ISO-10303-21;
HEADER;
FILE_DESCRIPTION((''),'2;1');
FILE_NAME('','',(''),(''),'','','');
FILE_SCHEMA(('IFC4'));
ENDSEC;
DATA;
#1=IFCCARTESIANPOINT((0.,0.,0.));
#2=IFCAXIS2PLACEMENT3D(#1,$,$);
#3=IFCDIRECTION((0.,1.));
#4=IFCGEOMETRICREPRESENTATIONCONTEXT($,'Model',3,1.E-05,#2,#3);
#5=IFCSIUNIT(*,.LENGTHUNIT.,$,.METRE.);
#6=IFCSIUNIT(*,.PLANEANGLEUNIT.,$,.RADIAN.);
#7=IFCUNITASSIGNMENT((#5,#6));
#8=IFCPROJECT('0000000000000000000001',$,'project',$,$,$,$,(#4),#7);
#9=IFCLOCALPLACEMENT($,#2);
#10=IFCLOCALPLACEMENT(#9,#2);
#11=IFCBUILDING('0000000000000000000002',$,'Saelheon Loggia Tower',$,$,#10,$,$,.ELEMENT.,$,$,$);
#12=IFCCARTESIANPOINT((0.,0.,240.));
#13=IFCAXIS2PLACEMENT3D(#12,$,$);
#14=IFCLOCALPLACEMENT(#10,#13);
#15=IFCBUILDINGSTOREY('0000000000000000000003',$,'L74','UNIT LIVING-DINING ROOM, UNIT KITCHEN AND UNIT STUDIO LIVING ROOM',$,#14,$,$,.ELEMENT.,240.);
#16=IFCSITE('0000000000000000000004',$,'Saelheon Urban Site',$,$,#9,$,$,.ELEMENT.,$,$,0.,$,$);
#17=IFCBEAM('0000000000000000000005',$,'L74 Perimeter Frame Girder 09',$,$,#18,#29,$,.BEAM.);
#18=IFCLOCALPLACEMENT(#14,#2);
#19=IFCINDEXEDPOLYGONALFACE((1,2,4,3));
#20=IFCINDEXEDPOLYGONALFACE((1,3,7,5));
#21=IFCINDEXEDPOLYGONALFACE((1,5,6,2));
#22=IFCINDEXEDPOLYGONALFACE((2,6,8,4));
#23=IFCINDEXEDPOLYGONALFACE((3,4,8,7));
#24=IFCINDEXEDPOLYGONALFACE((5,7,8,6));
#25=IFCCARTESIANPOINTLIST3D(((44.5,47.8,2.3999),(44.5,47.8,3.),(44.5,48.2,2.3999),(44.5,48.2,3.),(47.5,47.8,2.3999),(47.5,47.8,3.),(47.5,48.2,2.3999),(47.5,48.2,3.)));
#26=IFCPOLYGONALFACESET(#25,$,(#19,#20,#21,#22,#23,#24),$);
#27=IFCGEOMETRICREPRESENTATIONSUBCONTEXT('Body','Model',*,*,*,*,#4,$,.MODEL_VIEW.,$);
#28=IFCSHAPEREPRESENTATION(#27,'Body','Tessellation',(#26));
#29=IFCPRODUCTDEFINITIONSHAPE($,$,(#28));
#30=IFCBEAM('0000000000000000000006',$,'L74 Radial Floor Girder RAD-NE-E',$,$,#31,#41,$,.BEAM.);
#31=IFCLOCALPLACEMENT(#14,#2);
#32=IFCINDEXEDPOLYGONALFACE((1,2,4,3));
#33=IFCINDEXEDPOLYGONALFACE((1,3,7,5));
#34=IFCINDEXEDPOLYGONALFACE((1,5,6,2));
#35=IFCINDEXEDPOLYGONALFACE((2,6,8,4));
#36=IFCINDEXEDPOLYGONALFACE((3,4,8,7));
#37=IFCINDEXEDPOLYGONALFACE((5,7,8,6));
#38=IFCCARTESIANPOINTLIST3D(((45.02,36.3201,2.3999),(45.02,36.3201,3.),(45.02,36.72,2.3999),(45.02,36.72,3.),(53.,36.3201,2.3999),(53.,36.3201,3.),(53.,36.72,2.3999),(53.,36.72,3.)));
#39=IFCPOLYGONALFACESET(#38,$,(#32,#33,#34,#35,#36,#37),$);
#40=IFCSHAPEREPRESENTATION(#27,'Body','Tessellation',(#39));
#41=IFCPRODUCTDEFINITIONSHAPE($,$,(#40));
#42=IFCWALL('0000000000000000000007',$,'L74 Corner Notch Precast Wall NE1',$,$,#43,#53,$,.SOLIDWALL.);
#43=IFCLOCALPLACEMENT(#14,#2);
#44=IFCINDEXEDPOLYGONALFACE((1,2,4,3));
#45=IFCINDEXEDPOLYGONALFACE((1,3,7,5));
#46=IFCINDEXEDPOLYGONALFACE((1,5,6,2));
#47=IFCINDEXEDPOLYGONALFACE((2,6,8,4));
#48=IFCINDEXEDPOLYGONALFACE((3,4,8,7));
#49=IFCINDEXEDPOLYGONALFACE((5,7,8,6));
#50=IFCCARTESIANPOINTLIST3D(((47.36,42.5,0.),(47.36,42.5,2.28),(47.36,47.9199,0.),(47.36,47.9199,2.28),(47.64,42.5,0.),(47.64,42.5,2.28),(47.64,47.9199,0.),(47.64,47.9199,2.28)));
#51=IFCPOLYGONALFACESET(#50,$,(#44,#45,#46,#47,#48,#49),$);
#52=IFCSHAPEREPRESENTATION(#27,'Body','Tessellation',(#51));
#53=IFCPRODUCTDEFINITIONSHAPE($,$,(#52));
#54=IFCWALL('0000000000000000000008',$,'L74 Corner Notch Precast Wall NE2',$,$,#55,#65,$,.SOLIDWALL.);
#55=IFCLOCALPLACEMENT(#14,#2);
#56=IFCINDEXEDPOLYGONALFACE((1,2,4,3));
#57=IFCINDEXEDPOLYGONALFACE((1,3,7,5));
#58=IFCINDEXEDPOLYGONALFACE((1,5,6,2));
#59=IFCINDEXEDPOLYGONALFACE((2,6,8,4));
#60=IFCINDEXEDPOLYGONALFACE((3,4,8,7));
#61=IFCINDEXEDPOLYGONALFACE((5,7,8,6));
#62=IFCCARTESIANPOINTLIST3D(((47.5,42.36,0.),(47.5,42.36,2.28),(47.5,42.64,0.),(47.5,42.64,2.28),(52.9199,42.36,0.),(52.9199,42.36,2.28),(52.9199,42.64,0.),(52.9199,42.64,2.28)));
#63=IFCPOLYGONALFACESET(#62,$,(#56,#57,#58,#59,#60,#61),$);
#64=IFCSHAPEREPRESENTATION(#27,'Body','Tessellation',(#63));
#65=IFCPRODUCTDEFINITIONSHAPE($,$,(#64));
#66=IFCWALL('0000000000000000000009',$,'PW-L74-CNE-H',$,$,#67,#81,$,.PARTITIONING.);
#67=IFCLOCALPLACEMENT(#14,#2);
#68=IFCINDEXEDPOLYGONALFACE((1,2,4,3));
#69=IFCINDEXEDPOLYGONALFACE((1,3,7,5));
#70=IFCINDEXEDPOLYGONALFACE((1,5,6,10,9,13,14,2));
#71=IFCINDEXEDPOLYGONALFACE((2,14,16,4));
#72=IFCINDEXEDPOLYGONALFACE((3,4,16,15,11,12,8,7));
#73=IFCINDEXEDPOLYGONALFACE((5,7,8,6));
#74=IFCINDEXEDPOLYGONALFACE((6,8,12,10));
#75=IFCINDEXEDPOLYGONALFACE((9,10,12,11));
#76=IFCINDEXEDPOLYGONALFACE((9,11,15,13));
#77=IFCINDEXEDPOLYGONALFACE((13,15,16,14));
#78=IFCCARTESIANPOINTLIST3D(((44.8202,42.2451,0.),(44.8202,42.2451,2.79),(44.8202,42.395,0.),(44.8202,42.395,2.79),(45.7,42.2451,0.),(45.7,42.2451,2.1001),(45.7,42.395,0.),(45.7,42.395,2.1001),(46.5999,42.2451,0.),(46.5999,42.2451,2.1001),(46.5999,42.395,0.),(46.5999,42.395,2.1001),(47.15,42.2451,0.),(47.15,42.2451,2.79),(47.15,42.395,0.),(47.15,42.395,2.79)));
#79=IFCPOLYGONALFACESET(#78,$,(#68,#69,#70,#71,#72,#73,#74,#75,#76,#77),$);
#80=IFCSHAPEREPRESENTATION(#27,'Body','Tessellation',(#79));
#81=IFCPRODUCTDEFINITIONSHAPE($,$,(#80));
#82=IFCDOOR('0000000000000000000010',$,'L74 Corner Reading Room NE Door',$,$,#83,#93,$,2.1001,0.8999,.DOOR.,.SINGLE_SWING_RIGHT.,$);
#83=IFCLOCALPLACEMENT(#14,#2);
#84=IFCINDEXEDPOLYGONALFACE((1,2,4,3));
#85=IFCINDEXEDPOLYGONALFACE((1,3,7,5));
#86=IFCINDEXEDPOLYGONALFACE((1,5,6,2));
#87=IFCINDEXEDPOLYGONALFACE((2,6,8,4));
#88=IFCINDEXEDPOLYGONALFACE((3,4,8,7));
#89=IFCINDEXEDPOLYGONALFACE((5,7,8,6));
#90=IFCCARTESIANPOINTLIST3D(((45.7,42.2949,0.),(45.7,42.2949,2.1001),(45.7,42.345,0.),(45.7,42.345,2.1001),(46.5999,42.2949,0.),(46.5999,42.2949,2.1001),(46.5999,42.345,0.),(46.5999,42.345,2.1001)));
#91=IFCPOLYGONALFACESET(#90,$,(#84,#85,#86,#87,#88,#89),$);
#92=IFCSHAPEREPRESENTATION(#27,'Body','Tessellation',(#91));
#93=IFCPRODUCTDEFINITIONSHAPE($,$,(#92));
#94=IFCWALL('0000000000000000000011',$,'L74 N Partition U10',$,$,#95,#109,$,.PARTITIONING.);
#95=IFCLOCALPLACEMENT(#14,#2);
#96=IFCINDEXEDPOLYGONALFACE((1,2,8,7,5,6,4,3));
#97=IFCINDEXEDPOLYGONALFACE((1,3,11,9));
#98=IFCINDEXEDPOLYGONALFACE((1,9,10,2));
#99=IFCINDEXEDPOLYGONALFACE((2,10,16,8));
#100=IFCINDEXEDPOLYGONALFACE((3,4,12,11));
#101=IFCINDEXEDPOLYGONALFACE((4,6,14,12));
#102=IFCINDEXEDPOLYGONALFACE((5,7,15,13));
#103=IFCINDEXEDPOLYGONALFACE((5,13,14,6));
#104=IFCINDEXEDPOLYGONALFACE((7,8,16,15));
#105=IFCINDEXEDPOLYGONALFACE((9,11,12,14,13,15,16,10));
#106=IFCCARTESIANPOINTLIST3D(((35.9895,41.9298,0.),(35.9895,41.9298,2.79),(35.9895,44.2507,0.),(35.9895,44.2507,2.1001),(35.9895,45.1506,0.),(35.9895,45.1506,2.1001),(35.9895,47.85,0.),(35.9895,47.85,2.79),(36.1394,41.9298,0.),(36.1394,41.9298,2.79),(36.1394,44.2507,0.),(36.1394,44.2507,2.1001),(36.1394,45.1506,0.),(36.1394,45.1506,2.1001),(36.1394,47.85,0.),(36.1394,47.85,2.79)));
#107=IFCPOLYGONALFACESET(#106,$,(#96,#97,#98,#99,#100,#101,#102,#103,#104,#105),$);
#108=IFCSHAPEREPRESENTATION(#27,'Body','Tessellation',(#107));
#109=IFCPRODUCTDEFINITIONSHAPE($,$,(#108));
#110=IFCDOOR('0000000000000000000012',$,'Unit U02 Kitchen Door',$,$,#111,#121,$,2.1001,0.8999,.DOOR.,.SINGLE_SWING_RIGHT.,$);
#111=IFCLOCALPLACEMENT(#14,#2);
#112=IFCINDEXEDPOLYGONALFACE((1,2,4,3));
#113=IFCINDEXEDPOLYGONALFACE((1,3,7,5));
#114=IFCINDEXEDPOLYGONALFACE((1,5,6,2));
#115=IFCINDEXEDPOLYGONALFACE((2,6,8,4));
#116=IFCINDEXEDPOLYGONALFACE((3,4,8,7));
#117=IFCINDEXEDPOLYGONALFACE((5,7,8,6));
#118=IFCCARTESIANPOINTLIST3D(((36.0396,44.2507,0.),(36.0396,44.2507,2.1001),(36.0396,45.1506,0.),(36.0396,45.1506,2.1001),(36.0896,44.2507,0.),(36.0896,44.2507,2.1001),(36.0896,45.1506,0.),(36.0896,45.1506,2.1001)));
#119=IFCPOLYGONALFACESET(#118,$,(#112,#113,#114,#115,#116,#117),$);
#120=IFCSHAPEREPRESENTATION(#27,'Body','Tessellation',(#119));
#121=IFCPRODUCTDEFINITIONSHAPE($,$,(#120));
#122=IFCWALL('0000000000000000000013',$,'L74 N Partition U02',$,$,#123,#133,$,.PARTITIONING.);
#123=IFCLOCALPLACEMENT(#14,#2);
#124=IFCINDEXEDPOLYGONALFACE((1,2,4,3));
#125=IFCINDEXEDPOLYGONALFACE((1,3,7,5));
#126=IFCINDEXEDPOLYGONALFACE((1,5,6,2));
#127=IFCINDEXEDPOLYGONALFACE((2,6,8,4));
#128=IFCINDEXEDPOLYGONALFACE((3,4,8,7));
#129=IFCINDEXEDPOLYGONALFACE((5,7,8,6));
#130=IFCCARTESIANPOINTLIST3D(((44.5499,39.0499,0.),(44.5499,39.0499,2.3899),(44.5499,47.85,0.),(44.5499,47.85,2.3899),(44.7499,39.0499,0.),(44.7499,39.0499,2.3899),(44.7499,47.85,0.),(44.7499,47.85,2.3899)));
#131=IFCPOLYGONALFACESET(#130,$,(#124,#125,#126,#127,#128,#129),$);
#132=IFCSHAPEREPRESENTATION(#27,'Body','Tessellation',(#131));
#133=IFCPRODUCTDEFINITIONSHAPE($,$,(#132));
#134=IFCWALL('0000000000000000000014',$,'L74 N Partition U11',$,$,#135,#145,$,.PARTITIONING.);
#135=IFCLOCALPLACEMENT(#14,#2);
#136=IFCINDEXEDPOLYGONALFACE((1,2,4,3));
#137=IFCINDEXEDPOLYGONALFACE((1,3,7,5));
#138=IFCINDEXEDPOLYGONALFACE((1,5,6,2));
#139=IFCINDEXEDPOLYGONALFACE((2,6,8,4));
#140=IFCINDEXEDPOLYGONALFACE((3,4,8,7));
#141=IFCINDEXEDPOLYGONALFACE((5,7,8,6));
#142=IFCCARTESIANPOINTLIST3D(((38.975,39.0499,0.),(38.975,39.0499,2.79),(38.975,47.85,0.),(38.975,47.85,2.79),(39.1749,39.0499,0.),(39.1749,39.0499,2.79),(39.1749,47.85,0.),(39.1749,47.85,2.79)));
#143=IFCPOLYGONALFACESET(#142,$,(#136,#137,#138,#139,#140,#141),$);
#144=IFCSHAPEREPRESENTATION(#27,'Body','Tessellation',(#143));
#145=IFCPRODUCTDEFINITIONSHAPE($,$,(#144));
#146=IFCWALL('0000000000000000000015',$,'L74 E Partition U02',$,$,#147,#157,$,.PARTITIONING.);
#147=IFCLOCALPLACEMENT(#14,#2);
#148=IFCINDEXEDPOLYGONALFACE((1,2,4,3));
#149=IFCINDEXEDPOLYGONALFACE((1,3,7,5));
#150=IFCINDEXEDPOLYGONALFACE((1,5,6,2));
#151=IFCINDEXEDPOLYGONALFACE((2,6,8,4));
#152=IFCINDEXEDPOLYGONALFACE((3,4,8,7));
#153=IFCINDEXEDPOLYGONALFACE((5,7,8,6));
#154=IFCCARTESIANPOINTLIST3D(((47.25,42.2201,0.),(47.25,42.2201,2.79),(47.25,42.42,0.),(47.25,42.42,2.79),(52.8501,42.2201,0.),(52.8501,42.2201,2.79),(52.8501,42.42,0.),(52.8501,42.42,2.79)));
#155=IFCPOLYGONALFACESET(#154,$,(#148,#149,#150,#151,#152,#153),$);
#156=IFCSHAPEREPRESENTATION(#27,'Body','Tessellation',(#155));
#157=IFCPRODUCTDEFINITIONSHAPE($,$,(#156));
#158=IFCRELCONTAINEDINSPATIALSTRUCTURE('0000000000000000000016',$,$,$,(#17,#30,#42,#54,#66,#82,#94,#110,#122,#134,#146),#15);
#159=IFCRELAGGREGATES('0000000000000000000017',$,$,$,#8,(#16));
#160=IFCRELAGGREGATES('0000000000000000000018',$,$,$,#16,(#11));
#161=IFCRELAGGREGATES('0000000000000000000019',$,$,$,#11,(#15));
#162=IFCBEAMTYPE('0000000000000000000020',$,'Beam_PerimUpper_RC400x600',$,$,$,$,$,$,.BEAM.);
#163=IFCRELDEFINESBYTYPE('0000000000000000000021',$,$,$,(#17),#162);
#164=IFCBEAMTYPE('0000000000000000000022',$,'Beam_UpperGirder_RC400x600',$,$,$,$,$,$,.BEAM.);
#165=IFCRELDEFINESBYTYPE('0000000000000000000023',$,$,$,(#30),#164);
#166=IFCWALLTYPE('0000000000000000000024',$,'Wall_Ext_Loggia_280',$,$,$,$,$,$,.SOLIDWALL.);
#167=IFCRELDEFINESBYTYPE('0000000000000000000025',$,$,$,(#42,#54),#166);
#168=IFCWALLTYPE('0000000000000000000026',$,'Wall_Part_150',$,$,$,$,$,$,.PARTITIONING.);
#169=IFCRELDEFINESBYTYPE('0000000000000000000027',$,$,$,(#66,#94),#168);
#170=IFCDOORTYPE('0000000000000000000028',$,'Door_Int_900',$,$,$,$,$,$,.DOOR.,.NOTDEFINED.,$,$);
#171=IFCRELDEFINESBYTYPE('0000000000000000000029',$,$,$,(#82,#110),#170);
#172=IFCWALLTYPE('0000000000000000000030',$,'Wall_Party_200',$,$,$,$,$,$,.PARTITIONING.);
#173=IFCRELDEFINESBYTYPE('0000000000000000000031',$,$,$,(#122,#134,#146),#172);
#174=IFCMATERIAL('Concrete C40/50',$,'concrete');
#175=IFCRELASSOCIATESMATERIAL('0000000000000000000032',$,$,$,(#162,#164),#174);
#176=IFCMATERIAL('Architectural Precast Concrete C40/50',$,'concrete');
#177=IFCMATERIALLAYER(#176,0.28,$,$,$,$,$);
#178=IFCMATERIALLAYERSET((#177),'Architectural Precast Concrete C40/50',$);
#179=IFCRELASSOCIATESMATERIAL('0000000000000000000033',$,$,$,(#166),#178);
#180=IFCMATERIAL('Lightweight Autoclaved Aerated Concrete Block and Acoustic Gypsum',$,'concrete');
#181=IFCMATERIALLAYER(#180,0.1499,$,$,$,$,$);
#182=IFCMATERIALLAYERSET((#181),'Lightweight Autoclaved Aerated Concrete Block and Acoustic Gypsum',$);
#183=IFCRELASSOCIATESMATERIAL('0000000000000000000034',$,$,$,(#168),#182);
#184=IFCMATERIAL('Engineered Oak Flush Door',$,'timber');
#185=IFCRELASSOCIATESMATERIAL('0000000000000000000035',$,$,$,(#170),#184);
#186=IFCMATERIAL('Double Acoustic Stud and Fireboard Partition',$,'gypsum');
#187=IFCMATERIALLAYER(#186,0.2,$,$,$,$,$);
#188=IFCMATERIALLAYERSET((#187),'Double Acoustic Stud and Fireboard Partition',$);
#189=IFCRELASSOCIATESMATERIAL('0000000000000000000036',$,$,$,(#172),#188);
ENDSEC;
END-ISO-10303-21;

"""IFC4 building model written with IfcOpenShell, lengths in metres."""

from ifc_helpers import new_model, si_unit, direction, frame, frame_2d, origin, origin_2d, place, context, subcontext, project, spatial, rectangle, extrude, source, transform, mapped, material, layer, layer_set, material_profile, profile_set, type_object, element, fill, save


model = new_model("IFC4")

# Units and contexts
model_context = context("Model", 3, precision=1e-05, world=origin(), true_north=direction((0.0, 1.0)))
body_context = subcontext(model_context, "Body", "Model", "MODEL_VIEW")
ifc_project = project(units=[si_unit("LENGTHUNIT", "METRE"), si_unit("PLANEANGLEUNIT", "RADIAN")], contexts=[model_context])

# Site, building, storey
site_placement = place(None, origin())
site = spatial("IfcSite", under=ifc_project, at=site_placement, Name="Saelheon Urban Site", CompositionType="ELEMENT", RefElevation=0.0)
building_placement = place(site_placement, origin())
building = spatial("IfcBuilding", under=site, at=building_placement, Name="Saelheon Loggia Tower", CompositionType="ELEMENT")
storey_placement = place(building_placement, frame((0.0, 0.0, 240.0)))
storey = spatial("IfcBuildingStorey", under=building, at=storey_placement, Name="L74", Description="UNIT LIVING-DINING ROOM, UNIT KITCHEN AND UNIT STUDIO LIVING ROOM", CompositionType="ELEMENT", Elevation=240.0)

# Beams
ifc_material_1 = material(Name="Concrete C40/50", Category="concrete")
ifc_material_profile_1 = material_profile(ifc_material_1, rectangle(XDim=0.3999, YDim=0.6001, at=origin_2d()), Name="RC-400x600")
ifc_profile_set_1 = profile_set([ifc_material_profile_1], Name="Concrete C40/50")
beam_type_1 = type_object("IfcBeamType", Name="Beam_PerimUpper_RC400x600", PredefinedType="BEAM", material=ifc_profile_set_1)
ifc_material_profile_2 = material_profile(ifc_material_1, rectangle(XDim=0.3999, YDim=0.6001, at=origin_2d()), Name="RC-400x600")
ifc_profile_set_2 = profile_set([ifc_material_profile_2], Name="Concrete C40/50")
beam_type_2 = type_object("IfcBeamType", Name="Beam_UpperGirder_RC400x600", PredefinedType="BEAM", material=ifc_profile_set_2)
shared_shape_1 = source(origin(), body_context, "Body", "SweptSolid", [
    extrude(rectangle(XDim=0.3999, YDim=0.6001, at=origin_2d()), origin(), (0.0, 0.0, 1.0), 3.0),
])
beam_1_placement = place(storey_placement, frame((47.5, 48.0, 2.7), z_axis=(-1.0, 0.0, 0.0), x_axis=(0.0, -1.0, 0.0)))
element("IfcBeam", 1, at=beam_1_placement, inside=storey, type_object=beam_type_1, Name="L74 Perimeter Frame Girder 09", PredefinedType="BEAM", context=body_context, shape_type="MappedRepresentation", body=[
    mapped(shared_shape_1, transform((0.0, 0.0, 0.0), scale=1.0)),
])
shared_shape_2 = source(origin(), body_context, "Body", "SweptSolid", [
    extrude(rectangle(XDim=0.3999, YDim=0.6001, at=origin_2d()), origin(), (0.0, 0.0, 1.0), 7.98),
])
beam_2_placement = place(storey_placement, frame((45.02, 36.52, 2.7), z_axis=(1.0, 0.0, 0.0), x_axis=(0.0, 1.0, 0.0)))
element("IfcBeam", 2, at=beam_2_placement, inside=storey, type_object=beam_type_2, Name="L74 Radial Floor Girder RAD-NE-E", PredefinedType="BEAM", context=body_context, shape_type="MappedRepresentation", body=[
    mapped(shared_shape_2, transform((0.0, 0.0, 0.0), scale=1.0)),
])

# Walls
ifc_material_2 = material(Name="Architectural Precast Concrete C40/50", Category="concrete")
ifc_layer_1 = layer(ifc_material_2, 0.28)
ifc_layer_set_1 = layer_set([ifc_layer_1], Name="Architectural Precast Concrete C40/50")
wall_type_1 = type_object("IfcWallType", Name="Wall_Ext_Loggia_280", PredefinedType="SOLIDWALL", material=ifc_layer_set_1)
for number, where, z_axis, x_axis, name in (
    (3, (47.5, 42.5, 0.0), (0.0, 0.0, 1.0), (0.0, 1.0, 0.0), "L74 Corner Notch Precast Wall NE1"),
    (4, (47.5, 42.5, 0.0), (0.0, 0.0, 1.0), (1.0, 0.0, 0.0), "L74 Corner Notch Precast Wall NE2"),
):
    element("IfcWall", number, at=place(storey_placement, frame(where, z_axis=z_axis, x_axis=x_axis)), inside=storey, type_object=wall_type_1, Name=name, PredefinedType="SOLIDWALL", context=body_context, shape_type="SweptSolid", body=[
        extrude(rectangle(XDim=5.4199, YDim=0.28, at=frame_2d((2.71, 0.0))), origin(), (0.0, 0.0, 1.0), 2.28),
    ])

# Walls, openings, doors
ifc_material_3 = material(Name="Lightweight Autoclaved Aerated Concrete Block and Acoustic Gypsum", Category="concrete")
ifc_layer_2 = layer(ifc_material_3, 0.1499)
ifc_layer_set_2 = layer_set([ifc_layer_2], Name="Lightweight Autoclaved Aerated Concrete Block and Acoustic Gypsum")
wall_type_2 = type_object("IfcWallType", Name="Wall_Part_150", PredefinedType="PARTITIONING", material=ifc_layer_set_2)
wall_1_placement = place(storey_placement, frame((44.8201, 42.3201, 0.0), z_axis=(0.0, 0.0, 1.0), x_axis=(1.0, 0.0, 0.0)))
wall_1 = element("IfcWall", 5, at=wall_1_placement, inside=storey, type_object=wall_type_2, Name="PW-L74-CNE-H", PredefinedType="PARTITIONING", context=body_context, shape_type="SweptSolid", body=[
    extrude(rectangle(XDim=2.3298, YDim=0.1499, at=frame_2d((1.165, 0.0))), origin(), (0.0, 0.0, 1.0), 2.79),
])
opening_1_placement = place(wall_1_placement, frame((0.8799, 0.0, 0.0)))
opening_1 = element("IfcOpeningElement", 6, at=opening_1_placement, cuts=wall_1, PredefinedType="OPENING", context=body_context, shape_type="SweptSolid", body=[
    extrude(rectangle(XDim=0.8999, YDim=2.1001, at=frame_2d((0.45, 1.05))), frame((0.0, 0.0869, 0.0), z_axis=(0.0, -1.0, 0.0), x_axis=(1.0, 0.0, 0.0)), (0.0, 0.0, 1.0), 0.1738),
])
ifc_material_4 = material(Name="Engineered Oak Flush Door", Category="timber")
door_type_1 = type_object("IfcDoorType", Name="Door_Int_900", OperationType="NOTDEFINED", PredefinedType="DOOR", material=ifc_material_4)
shared_shape_3 = source(origin(), body_context, "Body", "SweptSolid", [
    extrude(rectangle(XDim=0.8999, YDim=2.1001, at=frame_2d((0.45, 1.05))), frame((0.0, 0.0249, 0.0), z_axis=(0.0, -1.0, 0.0), x_axis=(1.0, 0.0, 0.0)), (0.0, 0.0, 1.0), 0.05),
])
door_1_placement = place(opening_1_placement, origin())
door_1 = element("IfcDoor", 7, at=door_1_placement, inside=storey, type_object=door_type_1, Name="L74 Corner Reading Room NE Door", OperationType="SINGLE_SWING_RIGHT", OverallHeight=2.1001, OverallWidth=0.8999, PredefinedType="DOOR", context=body_context, shape_type="MappedRepresentation", body=[
    mapped(shared_shape_3, transform((0.0, 0.0, 0.0), scale=1.0)),
])
fill(opening_1, door_1)
wall_2_placement = place(storey_placement, frame((36.0645, 41.9299, 0.0), z_axis=(0.0, 0.0, 1.0), x_axis=(0.0, 1.0, 0.0)))
wall_2 = element("IfcWall", 8, at=wall_2_placement, inside=storey, type_object=wall_type_2, Name="L74 N Partition U10", PredefinedType="PARTITIONING", context=body_context, shape_type="SweptSolid", body=[
    extrude(rectangle(XDim=5.9202, YDim=0.1499, at=frame_2d((2.96, 0.0))), origin(), (0.0, 0.0, 1.0), 2.79),
])
opening_2_placement = place(wall_2_placement, frame((2.3208, 0.0, 0.0)))
opening_2 = element("IfcOpeningElement", 9, at=opening_2_placement, cuts=wall_2, PredefinedType="OPENING", context=body_context, shape_type="SweptSolid", body=[
    extrude(rectangle(XDim=0.8999, YDim=2.1001, at=frame_2d((0.45, 1.05))), frame((0.0, 0.0869, 0.0), z_axis=(0.0, -1.0, 0.0), x_axis=(1.0, 0.0, 0.0)), (0.0, 0.0, 1.0), 0.1738),
])
door_2_placement = place(opening_2_placement, origin())
door_2 = element("IfcDoor", 10, at=door_2_placement, inside=storey, type_object=door_type_1, Name="Unit U02 Kitchen Door", OperationType="SINGLE_SWING_RIGHT", OverallHeight=2.1001, OverallWidth=0.8999, PredefinedType="DOOR", context=body_context, shape_type="MappedRepresentation", body=[
    mapped(shared_shape_3, transform((0.0, 0.0, 0.0), scale=1.0)),
])
fill(opening_2, door_2)

# Wall
ifc_material_5 = material(Name="Double Acoustic Stud and Fireboard Partition", Category="gypsum")
ifc_layer_3 = layer(ifc_material_5, 0.2)
ifc_layer_set_3 = layer_set([ifc_layer_3], Name="Double Acoustic Stud and Fireboard Partition")
wall_type_3 = type_object("IfcWallType", Name="Wall_Party_200", PredefinedType="PARTITIONING", material=ifc_layer_set_3)
wall_3_placement = place(storey_placement, frame((44.6499, 39.05, 0.0), z_axis=(0.0, 0.0, 1.0), x_axis=(0.0, 1.0, 0.0)))
element("IfcWall", 11, at=wall_3_placement, inside=storey, type_object=wall_type_3, Name="L74 N Partition U02", PredefinedType="PARTITIONING", context=body_context, shape_type="SweptSolid", body=[
    extrude(rectangle(XDim=8.8, YDim=0.2, at=frame_2d((4.3999, 0.0))), origin(), (0.0, 0.0, 1.0), 2.3899),
])

# Walls
wall_4_placement = place(storey_placement, frame((39.075, 39.05, 0.0), z_axis=(0.0, 0.0, 1.0), x_axis=(0.0, 1.0, 0.0)))
element("IfcWall", 12, at=wall_4_placement, inside=storey, type_object=wall_type_3, Name="L74 N Partition U11", PredefinedType="PARTITIONING", context=body_context, shape_type="SweptSolid", body=[
    extrude(rectangle(XDim=8.8, YDim=0.2, at=frame_2d((4.3999, 0.0))), origin(), (0.0, 0.0, 1.0), 2.79),
])
wall_5_placement = place(storey_placement, frame((47.25, 42.3201, 0.0), z_axis=(0.0, 0.0, 1.0), x_axis=(1.0, 0.0, 0.0)))
element("IfcWall", 13, at=wall_5_placement, inside=storey, type_object=wall_type_3, Name="L74 E Partition U02", PredefinedType="PARTITIONING", context=body_context, shape_type="SweptSolid", body=[
    extrude(rectangle(XDim=5.6001, YDim=0.2, at=frame_2d((2.8, 0.0))), origin(), (0.0, 0.0, 1.0), 2.79),
])

save(model, "model.ifc")
